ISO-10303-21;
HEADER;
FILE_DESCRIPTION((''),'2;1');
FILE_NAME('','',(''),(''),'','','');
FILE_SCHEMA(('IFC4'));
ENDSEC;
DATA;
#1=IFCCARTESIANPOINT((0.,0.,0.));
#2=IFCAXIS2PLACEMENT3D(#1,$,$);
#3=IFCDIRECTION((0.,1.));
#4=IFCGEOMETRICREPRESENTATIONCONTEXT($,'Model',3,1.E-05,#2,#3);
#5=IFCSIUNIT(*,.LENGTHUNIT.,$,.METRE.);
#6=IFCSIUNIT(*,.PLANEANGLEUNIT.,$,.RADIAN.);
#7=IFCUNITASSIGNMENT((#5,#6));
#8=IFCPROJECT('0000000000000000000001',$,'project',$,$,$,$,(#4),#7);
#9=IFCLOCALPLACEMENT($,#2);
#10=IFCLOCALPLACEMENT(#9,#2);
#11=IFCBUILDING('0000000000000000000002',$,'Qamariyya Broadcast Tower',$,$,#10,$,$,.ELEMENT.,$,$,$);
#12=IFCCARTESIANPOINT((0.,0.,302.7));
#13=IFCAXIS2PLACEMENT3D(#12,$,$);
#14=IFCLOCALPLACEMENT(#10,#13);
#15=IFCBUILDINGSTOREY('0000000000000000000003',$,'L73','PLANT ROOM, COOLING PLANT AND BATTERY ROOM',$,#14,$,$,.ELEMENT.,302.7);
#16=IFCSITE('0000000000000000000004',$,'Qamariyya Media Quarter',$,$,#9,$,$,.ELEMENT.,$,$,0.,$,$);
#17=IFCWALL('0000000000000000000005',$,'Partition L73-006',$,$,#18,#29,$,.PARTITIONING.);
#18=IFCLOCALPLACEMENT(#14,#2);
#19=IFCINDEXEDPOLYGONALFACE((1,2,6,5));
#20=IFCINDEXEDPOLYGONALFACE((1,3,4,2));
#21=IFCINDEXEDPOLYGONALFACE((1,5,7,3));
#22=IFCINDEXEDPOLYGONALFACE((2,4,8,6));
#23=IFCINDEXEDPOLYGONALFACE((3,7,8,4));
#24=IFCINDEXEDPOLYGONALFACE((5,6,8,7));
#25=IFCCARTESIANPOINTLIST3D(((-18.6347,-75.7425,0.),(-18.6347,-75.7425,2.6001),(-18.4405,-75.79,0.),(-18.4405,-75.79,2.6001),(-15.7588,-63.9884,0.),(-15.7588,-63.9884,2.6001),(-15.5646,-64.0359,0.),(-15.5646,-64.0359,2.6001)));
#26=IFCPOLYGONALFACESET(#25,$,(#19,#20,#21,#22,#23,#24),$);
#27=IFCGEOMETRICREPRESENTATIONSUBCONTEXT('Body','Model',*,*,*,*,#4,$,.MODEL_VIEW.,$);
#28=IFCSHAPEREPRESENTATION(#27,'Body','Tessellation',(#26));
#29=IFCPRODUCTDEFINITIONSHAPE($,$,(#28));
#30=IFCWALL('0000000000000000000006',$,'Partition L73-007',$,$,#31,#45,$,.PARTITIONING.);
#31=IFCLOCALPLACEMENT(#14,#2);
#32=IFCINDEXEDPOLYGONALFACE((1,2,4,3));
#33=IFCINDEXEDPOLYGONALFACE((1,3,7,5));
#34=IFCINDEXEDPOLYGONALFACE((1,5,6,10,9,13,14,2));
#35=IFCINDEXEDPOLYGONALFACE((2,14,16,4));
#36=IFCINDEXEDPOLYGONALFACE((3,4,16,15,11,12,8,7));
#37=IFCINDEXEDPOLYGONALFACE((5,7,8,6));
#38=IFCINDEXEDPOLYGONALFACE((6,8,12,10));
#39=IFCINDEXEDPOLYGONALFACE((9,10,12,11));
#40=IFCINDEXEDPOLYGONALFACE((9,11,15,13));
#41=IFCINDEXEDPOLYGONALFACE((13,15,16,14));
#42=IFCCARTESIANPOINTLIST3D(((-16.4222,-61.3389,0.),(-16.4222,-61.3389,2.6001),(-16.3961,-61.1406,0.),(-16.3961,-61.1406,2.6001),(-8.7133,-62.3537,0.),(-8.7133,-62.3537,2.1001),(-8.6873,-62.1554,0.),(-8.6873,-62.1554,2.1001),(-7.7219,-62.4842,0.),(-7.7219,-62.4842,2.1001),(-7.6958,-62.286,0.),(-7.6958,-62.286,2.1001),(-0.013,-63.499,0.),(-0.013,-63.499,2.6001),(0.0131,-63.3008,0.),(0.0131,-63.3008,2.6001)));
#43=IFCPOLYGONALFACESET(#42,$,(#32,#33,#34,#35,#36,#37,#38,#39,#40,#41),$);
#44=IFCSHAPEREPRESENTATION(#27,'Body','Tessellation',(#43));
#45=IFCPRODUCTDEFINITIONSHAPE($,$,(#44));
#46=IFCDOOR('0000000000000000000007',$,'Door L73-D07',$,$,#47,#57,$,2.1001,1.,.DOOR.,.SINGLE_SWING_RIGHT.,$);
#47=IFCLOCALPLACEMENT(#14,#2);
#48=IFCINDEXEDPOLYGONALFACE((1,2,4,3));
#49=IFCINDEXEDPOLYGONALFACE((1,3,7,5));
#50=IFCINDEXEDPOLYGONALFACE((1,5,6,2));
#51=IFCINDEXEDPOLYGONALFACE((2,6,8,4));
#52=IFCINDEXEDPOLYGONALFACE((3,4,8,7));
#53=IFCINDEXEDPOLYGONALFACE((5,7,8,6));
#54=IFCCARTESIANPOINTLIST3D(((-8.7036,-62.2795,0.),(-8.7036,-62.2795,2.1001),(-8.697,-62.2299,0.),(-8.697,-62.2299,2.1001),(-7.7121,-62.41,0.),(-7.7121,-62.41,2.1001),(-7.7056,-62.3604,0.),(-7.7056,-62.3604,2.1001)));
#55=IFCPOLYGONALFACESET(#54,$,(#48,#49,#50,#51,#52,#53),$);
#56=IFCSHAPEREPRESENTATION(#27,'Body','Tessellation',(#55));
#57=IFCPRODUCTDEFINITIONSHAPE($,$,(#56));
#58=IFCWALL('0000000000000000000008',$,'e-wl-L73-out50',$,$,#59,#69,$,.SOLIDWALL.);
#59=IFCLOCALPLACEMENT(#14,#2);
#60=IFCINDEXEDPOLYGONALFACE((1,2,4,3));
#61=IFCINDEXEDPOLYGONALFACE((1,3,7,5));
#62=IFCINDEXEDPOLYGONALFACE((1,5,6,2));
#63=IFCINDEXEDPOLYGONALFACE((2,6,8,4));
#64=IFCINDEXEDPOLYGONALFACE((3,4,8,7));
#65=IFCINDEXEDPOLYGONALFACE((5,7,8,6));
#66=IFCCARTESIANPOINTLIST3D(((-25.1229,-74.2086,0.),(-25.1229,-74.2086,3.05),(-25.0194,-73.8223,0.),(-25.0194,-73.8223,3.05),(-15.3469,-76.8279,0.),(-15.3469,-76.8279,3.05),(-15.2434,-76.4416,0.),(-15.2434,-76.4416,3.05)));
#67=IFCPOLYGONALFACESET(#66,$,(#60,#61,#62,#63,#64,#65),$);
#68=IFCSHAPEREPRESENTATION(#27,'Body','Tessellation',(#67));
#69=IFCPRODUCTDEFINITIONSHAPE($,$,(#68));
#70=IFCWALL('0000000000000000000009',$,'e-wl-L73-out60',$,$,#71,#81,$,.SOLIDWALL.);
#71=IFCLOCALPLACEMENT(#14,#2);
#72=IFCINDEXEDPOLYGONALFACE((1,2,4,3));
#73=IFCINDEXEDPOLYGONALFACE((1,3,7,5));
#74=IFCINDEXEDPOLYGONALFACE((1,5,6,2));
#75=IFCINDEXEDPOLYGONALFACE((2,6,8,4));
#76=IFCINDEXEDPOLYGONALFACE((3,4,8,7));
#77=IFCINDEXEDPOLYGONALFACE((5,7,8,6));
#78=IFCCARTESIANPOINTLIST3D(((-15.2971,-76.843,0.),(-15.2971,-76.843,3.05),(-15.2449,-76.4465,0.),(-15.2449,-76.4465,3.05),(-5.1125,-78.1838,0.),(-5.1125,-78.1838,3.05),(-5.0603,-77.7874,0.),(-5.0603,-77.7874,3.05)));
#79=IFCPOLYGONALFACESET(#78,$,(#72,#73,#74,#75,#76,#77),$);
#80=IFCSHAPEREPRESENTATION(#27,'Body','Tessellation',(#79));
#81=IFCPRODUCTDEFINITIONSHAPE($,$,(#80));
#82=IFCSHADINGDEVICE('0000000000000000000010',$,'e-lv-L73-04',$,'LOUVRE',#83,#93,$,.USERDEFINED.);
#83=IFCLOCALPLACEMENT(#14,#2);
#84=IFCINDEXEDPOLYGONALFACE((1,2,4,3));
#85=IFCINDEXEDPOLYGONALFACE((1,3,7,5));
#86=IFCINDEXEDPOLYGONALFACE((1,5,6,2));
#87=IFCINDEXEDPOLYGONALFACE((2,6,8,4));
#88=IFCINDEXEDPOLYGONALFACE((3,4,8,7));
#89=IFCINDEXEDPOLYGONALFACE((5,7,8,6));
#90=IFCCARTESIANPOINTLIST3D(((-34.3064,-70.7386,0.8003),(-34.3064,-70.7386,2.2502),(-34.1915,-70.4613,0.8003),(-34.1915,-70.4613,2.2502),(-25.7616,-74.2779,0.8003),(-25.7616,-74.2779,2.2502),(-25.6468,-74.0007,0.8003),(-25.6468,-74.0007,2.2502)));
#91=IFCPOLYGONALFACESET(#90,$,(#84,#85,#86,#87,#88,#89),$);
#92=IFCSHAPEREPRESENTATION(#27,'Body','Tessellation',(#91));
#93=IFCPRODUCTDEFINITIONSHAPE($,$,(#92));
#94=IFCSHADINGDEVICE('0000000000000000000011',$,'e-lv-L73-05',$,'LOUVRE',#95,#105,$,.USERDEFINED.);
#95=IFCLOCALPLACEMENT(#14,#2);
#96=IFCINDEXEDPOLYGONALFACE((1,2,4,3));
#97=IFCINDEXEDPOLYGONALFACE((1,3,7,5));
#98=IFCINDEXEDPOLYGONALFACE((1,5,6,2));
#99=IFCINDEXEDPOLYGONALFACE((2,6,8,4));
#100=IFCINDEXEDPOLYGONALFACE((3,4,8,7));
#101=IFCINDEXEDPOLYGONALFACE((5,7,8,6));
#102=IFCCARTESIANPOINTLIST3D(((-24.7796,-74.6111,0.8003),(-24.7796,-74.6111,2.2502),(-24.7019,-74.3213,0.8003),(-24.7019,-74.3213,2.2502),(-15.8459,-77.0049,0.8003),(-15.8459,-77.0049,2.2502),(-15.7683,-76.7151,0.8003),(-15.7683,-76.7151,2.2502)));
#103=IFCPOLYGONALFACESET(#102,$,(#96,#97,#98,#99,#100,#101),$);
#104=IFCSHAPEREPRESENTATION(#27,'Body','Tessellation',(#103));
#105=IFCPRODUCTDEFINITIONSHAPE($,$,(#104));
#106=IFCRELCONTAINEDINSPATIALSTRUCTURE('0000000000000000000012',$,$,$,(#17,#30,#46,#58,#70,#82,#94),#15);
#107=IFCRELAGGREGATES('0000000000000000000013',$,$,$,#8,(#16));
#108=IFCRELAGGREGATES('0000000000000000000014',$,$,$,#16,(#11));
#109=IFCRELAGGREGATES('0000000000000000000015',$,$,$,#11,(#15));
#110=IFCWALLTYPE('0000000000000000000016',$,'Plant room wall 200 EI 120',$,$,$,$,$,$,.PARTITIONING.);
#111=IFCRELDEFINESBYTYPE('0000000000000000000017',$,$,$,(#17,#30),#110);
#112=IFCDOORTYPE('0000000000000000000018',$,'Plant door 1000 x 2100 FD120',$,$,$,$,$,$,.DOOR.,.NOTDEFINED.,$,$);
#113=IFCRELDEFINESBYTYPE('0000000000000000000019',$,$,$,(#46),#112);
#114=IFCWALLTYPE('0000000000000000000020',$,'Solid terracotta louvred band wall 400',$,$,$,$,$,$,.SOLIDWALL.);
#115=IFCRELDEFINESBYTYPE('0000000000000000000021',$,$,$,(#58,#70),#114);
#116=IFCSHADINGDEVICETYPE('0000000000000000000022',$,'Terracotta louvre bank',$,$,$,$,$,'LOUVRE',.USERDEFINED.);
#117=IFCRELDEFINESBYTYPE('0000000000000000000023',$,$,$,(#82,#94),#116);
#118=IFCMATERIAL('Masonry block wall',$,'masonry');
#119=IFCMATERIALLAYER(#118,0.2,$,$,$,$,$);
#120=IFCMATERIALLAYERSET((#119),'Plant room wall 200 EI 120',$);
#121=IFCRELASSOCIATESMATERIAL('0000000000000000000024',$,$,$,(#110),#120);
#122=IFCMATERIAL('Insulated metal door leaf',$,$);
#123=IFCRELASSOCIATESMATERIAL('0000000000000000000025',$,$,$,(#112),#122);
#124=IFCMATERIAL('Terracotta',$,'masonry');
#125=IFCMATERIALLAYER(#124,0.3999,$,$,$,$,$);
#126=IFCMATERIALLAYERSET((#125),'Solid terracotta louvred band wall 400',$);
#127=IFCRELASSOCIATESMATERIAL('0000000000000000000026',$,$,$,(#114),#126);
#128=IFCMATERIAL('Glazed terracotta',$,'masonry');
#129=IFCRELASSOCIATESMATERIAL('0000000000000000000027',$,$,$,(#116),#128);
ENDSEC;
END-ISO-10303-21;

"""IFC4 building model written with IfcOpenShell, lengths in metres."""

from ifc_helpers import new_model, si_unit, direction, frame, frame_2d, origin, origin_2d, place, context, subcontext, project, spatial, rectangle, extrude, material, layer, layer_set, type_object, element, fill, save


model = new_model("IFC4")

# Units and contexts
model_context = context("Model", 3, precision=1e-05, world=origin(), true_north=direction((0.0, 1.0)))
body_context = subcontext(model_context, "Body", "Model", "MODEL_VIEW")
ifc_project = project(units=[si_unit("LENGTHUNIT", "METRE"), si_unit("PLANEANGLEUNIT", "RADIAN")], contexts=[model_context])

# Site, building, storey
site_placement = place(None, origin())
site = spatial("IfcSite", under=ifc_project, at=site_placement, Name="Qamariyya Media Quarter", CompositionType="ELEMENT", RefElevation=0.0)
building_placement = place(site_placement, origin())
building = spatial("IfcBuilding", under=site, at=building_placement, Name="Qamariyya Broadcast Tower", CompositionType="ELEMENT")
storey_placement = place(building_placement, frame((0.0, 0.0, 302.7)))
storey = spatial("IfcBuildingStorey", under=building, at=storey_placement, Name="L73", Description="PLANT ROOM, COOLING PLANT AND BATTERY ROOM", CompositionType="ELEMENT", Elevation=302.7)

# Shared definitions
ifc_material_1 = material(Name="Masonry block wall", Category="masonry")
ifc_layer_1 = layer(ifc_material_1, 0.2)
ifc_layer_set_1 = layer_set([ifc_layer_1], Name="Plant room wall 200 EI 120")
wall_type_1 = type_object("IfcWallType", Name="Plant room wall 200 EI 120", PredefinedType="PARTITIONING", material=ifc_layer_set_1)
ifc_material_2 = material(Name="Insulated metal door leaf")

# Shared definitions
door_type_1 = type_object("IfcDoorType", Name="Plant door 1000 x 2100 FD120", OperationType="NOTDEFINED", PredefinedType="DOOR", material=ifc_material_2)

# Wall
wall_1_placement = place(storey_placement, frame((-18.5376, -75.7661, 0.0), z_axis=(0.0, 0.0, 1.0), x_axis=(0.237667, 0.971347, 0.0)))
element("IfcWall", 1, at=wall_1_placement, inside=storey, type_object=wall_type_1, Name="Partition L73-006", PredefinedType="PARTITIONING", context=body_context, shape_type="SweptSolid", body=[
    extrude(rectangle(XDim=12.1008, YDim=0.2, at=frame_2d((6.0503, 0.0))), origin(), (0.0, 0.0, 1.0), 2.6001),
])

# Wall, opening, door
wall_2_placement = place(storey_placement, frame((-16.4092, -61.2397, 0.0), z_axis=(0.0, 0.0, 1.0), x_axis=(0.991446, -0.130517, 0.0)))
wall_2 = element("IfcWall", 2, at=wall_2_placement, inside=storey, type_object=wall_type_1, Name="Partition L73-007", PredefinedType="PARTITIONING", context=body_context, shape_type="SweptSolid", body=[
    extrude(rectangle(XDim=16.5508, YDim=0.2, at=frame_2d((8.2754, 0.0))), origin(), (0.0, 0.0, 1.0), 2.6001),
])
opening_1_placement = place(wall_2_placement, frame((7.7754, 0.0, 0.0)))
opening_1 = element("IfcOpeningElement", 3, at=opening_1_placement, cuts=wall_2, PredefinedType="OPENING", context=body_context, shape_type="SweptSolid", body=[
    extrude(rectangle(XDim=1.0, YDim=2.1001, at=frame_2d((0.5, 1.05))), frame((0.0, 0.1099, 0.0), z_axis=(0.0, -1.0, 0.0), x_axis=(1.0, 0.0, 0.0)), (0.0, 0.0, 1.0), 0.22),
])
door_1_placement = place(opening_1_placement, origin())
door_1 = element("IfcDoor", 4, at=door_1_placement, inside=storey, type_object=door_type_1, Name="Door L73-D07", OperationType="SINGLE_SWING_RIGHT", OverallHeight=2.1001, OverallWidth=1.0, PredefinedType="DOOR", context=body_context, shape_type="SweptSolid", body=[
    extrude(rectangle(XDim=1.0, YDim=2.1001, at=frame_2d((0.5, 1.05))), frame((0.0, 0.0249, 0.0), z_axis=(0.0, -1.0, 0.0), x_axis=(1.0, 0.0, 0.0)), (0.0, 0.0, 1.0), 0.05),
])
fill(opening_1, door_1)

# Walls
ifc_material_3 = material(Name="Terracotta", Category="masonry")
ifc_layer_2 = layer(ifc_material_3, 0.3999)
ifc_layer_set_2 = layer_set([ifc_layer_2], Name="Solid terracotta louvred band wall 400")
wall_type_2 = type_object("IfcWallType", Name="Solid terracotta louvred band wall 400", PredefinedType="SOLIDWALL", material=ifc_layer_set_2)
wall_3_placement = place(storey_placement, frame((-25.0713, -74.0154, 0.0), z_axis=(0.0, 0.0, 1.0), x_axis=(0.965929, -0.258808, 0.0)))
element("IfcWall", 5, at=wall_3_placement, inside=storey, type_object=wall_type_2, Name="e-wl-L73-out50", PredefinedType="SOLIDWALL", context=body_context, shape_type="SweptSolid", body=[
    extrude(rectangle(XDim=10.1208, YDim=0.3999, at=frame_2d((5.0605, 0.0))), origin(), (0.0, 0.0, 1.0), 3.05),
])
wall_4_placement = place(storey_placement, frame((-15.271, -76.6448, 0.0), z_axis=(0.0, 0.0, 1.0), x_axis=(0.991445, -0.130526, 0.0)))
element("IfcWall", 6, at=wall_4_placement, inside=storey, type_object=wall_type_2, Name="e-wl-L73-out60", PredefinedType="SOLIDWALL", context=body_context, shape_type="SweptSolid", body=[
    extrude(rectangle(XDim=10.2725, YDim=0.3999, at=frame_2d((5.1362, 0.0))), origin(), (0.0, 0.0, 1.0), 3.05),
])

# Shading devices
ifc_material_4 = material(Name="Glazed terracotta", Category="masonry")
shading_device_type = type_object("IfcShadingDeviceType", Name="Terracotta louvre bank", ElementType="LOUVRE", PredefinedType="USERDEFINED", material=ifc_material_4)
for number, where, z_axis, x_axis, name in (
    (7, (-29.9766, -72.3696, 0.8003), (0.0, 0.0, 1.0), (0.92388, -0.382683, 0.0), "e-lv-L73-04"),
    (8, (-20.2739, -75.6631, 0.8003), (0.0, 0.0, 1.0), (0.965926, -0.258819, 0.0), "e-lv-L73-05"),
):
    element("IfcShadingDevice", number, at=place(storey_placement, frame(where, z_axis=z_axis, x_axis=x_axis)), inside=storey, type_object=shading_device_type, Name=name, ObjectType="LOUVRE", PredefinedType="USERDEFINED", context=body_context, shape_type="SweptSolid", body=[
        extrude(rectangle(XDim=9.2488, YDim=0.3, at=origin_2d()), origin(), (0.0, 0.0, 1.0), 1.45),
    ])

save(model, "model.ifc")
